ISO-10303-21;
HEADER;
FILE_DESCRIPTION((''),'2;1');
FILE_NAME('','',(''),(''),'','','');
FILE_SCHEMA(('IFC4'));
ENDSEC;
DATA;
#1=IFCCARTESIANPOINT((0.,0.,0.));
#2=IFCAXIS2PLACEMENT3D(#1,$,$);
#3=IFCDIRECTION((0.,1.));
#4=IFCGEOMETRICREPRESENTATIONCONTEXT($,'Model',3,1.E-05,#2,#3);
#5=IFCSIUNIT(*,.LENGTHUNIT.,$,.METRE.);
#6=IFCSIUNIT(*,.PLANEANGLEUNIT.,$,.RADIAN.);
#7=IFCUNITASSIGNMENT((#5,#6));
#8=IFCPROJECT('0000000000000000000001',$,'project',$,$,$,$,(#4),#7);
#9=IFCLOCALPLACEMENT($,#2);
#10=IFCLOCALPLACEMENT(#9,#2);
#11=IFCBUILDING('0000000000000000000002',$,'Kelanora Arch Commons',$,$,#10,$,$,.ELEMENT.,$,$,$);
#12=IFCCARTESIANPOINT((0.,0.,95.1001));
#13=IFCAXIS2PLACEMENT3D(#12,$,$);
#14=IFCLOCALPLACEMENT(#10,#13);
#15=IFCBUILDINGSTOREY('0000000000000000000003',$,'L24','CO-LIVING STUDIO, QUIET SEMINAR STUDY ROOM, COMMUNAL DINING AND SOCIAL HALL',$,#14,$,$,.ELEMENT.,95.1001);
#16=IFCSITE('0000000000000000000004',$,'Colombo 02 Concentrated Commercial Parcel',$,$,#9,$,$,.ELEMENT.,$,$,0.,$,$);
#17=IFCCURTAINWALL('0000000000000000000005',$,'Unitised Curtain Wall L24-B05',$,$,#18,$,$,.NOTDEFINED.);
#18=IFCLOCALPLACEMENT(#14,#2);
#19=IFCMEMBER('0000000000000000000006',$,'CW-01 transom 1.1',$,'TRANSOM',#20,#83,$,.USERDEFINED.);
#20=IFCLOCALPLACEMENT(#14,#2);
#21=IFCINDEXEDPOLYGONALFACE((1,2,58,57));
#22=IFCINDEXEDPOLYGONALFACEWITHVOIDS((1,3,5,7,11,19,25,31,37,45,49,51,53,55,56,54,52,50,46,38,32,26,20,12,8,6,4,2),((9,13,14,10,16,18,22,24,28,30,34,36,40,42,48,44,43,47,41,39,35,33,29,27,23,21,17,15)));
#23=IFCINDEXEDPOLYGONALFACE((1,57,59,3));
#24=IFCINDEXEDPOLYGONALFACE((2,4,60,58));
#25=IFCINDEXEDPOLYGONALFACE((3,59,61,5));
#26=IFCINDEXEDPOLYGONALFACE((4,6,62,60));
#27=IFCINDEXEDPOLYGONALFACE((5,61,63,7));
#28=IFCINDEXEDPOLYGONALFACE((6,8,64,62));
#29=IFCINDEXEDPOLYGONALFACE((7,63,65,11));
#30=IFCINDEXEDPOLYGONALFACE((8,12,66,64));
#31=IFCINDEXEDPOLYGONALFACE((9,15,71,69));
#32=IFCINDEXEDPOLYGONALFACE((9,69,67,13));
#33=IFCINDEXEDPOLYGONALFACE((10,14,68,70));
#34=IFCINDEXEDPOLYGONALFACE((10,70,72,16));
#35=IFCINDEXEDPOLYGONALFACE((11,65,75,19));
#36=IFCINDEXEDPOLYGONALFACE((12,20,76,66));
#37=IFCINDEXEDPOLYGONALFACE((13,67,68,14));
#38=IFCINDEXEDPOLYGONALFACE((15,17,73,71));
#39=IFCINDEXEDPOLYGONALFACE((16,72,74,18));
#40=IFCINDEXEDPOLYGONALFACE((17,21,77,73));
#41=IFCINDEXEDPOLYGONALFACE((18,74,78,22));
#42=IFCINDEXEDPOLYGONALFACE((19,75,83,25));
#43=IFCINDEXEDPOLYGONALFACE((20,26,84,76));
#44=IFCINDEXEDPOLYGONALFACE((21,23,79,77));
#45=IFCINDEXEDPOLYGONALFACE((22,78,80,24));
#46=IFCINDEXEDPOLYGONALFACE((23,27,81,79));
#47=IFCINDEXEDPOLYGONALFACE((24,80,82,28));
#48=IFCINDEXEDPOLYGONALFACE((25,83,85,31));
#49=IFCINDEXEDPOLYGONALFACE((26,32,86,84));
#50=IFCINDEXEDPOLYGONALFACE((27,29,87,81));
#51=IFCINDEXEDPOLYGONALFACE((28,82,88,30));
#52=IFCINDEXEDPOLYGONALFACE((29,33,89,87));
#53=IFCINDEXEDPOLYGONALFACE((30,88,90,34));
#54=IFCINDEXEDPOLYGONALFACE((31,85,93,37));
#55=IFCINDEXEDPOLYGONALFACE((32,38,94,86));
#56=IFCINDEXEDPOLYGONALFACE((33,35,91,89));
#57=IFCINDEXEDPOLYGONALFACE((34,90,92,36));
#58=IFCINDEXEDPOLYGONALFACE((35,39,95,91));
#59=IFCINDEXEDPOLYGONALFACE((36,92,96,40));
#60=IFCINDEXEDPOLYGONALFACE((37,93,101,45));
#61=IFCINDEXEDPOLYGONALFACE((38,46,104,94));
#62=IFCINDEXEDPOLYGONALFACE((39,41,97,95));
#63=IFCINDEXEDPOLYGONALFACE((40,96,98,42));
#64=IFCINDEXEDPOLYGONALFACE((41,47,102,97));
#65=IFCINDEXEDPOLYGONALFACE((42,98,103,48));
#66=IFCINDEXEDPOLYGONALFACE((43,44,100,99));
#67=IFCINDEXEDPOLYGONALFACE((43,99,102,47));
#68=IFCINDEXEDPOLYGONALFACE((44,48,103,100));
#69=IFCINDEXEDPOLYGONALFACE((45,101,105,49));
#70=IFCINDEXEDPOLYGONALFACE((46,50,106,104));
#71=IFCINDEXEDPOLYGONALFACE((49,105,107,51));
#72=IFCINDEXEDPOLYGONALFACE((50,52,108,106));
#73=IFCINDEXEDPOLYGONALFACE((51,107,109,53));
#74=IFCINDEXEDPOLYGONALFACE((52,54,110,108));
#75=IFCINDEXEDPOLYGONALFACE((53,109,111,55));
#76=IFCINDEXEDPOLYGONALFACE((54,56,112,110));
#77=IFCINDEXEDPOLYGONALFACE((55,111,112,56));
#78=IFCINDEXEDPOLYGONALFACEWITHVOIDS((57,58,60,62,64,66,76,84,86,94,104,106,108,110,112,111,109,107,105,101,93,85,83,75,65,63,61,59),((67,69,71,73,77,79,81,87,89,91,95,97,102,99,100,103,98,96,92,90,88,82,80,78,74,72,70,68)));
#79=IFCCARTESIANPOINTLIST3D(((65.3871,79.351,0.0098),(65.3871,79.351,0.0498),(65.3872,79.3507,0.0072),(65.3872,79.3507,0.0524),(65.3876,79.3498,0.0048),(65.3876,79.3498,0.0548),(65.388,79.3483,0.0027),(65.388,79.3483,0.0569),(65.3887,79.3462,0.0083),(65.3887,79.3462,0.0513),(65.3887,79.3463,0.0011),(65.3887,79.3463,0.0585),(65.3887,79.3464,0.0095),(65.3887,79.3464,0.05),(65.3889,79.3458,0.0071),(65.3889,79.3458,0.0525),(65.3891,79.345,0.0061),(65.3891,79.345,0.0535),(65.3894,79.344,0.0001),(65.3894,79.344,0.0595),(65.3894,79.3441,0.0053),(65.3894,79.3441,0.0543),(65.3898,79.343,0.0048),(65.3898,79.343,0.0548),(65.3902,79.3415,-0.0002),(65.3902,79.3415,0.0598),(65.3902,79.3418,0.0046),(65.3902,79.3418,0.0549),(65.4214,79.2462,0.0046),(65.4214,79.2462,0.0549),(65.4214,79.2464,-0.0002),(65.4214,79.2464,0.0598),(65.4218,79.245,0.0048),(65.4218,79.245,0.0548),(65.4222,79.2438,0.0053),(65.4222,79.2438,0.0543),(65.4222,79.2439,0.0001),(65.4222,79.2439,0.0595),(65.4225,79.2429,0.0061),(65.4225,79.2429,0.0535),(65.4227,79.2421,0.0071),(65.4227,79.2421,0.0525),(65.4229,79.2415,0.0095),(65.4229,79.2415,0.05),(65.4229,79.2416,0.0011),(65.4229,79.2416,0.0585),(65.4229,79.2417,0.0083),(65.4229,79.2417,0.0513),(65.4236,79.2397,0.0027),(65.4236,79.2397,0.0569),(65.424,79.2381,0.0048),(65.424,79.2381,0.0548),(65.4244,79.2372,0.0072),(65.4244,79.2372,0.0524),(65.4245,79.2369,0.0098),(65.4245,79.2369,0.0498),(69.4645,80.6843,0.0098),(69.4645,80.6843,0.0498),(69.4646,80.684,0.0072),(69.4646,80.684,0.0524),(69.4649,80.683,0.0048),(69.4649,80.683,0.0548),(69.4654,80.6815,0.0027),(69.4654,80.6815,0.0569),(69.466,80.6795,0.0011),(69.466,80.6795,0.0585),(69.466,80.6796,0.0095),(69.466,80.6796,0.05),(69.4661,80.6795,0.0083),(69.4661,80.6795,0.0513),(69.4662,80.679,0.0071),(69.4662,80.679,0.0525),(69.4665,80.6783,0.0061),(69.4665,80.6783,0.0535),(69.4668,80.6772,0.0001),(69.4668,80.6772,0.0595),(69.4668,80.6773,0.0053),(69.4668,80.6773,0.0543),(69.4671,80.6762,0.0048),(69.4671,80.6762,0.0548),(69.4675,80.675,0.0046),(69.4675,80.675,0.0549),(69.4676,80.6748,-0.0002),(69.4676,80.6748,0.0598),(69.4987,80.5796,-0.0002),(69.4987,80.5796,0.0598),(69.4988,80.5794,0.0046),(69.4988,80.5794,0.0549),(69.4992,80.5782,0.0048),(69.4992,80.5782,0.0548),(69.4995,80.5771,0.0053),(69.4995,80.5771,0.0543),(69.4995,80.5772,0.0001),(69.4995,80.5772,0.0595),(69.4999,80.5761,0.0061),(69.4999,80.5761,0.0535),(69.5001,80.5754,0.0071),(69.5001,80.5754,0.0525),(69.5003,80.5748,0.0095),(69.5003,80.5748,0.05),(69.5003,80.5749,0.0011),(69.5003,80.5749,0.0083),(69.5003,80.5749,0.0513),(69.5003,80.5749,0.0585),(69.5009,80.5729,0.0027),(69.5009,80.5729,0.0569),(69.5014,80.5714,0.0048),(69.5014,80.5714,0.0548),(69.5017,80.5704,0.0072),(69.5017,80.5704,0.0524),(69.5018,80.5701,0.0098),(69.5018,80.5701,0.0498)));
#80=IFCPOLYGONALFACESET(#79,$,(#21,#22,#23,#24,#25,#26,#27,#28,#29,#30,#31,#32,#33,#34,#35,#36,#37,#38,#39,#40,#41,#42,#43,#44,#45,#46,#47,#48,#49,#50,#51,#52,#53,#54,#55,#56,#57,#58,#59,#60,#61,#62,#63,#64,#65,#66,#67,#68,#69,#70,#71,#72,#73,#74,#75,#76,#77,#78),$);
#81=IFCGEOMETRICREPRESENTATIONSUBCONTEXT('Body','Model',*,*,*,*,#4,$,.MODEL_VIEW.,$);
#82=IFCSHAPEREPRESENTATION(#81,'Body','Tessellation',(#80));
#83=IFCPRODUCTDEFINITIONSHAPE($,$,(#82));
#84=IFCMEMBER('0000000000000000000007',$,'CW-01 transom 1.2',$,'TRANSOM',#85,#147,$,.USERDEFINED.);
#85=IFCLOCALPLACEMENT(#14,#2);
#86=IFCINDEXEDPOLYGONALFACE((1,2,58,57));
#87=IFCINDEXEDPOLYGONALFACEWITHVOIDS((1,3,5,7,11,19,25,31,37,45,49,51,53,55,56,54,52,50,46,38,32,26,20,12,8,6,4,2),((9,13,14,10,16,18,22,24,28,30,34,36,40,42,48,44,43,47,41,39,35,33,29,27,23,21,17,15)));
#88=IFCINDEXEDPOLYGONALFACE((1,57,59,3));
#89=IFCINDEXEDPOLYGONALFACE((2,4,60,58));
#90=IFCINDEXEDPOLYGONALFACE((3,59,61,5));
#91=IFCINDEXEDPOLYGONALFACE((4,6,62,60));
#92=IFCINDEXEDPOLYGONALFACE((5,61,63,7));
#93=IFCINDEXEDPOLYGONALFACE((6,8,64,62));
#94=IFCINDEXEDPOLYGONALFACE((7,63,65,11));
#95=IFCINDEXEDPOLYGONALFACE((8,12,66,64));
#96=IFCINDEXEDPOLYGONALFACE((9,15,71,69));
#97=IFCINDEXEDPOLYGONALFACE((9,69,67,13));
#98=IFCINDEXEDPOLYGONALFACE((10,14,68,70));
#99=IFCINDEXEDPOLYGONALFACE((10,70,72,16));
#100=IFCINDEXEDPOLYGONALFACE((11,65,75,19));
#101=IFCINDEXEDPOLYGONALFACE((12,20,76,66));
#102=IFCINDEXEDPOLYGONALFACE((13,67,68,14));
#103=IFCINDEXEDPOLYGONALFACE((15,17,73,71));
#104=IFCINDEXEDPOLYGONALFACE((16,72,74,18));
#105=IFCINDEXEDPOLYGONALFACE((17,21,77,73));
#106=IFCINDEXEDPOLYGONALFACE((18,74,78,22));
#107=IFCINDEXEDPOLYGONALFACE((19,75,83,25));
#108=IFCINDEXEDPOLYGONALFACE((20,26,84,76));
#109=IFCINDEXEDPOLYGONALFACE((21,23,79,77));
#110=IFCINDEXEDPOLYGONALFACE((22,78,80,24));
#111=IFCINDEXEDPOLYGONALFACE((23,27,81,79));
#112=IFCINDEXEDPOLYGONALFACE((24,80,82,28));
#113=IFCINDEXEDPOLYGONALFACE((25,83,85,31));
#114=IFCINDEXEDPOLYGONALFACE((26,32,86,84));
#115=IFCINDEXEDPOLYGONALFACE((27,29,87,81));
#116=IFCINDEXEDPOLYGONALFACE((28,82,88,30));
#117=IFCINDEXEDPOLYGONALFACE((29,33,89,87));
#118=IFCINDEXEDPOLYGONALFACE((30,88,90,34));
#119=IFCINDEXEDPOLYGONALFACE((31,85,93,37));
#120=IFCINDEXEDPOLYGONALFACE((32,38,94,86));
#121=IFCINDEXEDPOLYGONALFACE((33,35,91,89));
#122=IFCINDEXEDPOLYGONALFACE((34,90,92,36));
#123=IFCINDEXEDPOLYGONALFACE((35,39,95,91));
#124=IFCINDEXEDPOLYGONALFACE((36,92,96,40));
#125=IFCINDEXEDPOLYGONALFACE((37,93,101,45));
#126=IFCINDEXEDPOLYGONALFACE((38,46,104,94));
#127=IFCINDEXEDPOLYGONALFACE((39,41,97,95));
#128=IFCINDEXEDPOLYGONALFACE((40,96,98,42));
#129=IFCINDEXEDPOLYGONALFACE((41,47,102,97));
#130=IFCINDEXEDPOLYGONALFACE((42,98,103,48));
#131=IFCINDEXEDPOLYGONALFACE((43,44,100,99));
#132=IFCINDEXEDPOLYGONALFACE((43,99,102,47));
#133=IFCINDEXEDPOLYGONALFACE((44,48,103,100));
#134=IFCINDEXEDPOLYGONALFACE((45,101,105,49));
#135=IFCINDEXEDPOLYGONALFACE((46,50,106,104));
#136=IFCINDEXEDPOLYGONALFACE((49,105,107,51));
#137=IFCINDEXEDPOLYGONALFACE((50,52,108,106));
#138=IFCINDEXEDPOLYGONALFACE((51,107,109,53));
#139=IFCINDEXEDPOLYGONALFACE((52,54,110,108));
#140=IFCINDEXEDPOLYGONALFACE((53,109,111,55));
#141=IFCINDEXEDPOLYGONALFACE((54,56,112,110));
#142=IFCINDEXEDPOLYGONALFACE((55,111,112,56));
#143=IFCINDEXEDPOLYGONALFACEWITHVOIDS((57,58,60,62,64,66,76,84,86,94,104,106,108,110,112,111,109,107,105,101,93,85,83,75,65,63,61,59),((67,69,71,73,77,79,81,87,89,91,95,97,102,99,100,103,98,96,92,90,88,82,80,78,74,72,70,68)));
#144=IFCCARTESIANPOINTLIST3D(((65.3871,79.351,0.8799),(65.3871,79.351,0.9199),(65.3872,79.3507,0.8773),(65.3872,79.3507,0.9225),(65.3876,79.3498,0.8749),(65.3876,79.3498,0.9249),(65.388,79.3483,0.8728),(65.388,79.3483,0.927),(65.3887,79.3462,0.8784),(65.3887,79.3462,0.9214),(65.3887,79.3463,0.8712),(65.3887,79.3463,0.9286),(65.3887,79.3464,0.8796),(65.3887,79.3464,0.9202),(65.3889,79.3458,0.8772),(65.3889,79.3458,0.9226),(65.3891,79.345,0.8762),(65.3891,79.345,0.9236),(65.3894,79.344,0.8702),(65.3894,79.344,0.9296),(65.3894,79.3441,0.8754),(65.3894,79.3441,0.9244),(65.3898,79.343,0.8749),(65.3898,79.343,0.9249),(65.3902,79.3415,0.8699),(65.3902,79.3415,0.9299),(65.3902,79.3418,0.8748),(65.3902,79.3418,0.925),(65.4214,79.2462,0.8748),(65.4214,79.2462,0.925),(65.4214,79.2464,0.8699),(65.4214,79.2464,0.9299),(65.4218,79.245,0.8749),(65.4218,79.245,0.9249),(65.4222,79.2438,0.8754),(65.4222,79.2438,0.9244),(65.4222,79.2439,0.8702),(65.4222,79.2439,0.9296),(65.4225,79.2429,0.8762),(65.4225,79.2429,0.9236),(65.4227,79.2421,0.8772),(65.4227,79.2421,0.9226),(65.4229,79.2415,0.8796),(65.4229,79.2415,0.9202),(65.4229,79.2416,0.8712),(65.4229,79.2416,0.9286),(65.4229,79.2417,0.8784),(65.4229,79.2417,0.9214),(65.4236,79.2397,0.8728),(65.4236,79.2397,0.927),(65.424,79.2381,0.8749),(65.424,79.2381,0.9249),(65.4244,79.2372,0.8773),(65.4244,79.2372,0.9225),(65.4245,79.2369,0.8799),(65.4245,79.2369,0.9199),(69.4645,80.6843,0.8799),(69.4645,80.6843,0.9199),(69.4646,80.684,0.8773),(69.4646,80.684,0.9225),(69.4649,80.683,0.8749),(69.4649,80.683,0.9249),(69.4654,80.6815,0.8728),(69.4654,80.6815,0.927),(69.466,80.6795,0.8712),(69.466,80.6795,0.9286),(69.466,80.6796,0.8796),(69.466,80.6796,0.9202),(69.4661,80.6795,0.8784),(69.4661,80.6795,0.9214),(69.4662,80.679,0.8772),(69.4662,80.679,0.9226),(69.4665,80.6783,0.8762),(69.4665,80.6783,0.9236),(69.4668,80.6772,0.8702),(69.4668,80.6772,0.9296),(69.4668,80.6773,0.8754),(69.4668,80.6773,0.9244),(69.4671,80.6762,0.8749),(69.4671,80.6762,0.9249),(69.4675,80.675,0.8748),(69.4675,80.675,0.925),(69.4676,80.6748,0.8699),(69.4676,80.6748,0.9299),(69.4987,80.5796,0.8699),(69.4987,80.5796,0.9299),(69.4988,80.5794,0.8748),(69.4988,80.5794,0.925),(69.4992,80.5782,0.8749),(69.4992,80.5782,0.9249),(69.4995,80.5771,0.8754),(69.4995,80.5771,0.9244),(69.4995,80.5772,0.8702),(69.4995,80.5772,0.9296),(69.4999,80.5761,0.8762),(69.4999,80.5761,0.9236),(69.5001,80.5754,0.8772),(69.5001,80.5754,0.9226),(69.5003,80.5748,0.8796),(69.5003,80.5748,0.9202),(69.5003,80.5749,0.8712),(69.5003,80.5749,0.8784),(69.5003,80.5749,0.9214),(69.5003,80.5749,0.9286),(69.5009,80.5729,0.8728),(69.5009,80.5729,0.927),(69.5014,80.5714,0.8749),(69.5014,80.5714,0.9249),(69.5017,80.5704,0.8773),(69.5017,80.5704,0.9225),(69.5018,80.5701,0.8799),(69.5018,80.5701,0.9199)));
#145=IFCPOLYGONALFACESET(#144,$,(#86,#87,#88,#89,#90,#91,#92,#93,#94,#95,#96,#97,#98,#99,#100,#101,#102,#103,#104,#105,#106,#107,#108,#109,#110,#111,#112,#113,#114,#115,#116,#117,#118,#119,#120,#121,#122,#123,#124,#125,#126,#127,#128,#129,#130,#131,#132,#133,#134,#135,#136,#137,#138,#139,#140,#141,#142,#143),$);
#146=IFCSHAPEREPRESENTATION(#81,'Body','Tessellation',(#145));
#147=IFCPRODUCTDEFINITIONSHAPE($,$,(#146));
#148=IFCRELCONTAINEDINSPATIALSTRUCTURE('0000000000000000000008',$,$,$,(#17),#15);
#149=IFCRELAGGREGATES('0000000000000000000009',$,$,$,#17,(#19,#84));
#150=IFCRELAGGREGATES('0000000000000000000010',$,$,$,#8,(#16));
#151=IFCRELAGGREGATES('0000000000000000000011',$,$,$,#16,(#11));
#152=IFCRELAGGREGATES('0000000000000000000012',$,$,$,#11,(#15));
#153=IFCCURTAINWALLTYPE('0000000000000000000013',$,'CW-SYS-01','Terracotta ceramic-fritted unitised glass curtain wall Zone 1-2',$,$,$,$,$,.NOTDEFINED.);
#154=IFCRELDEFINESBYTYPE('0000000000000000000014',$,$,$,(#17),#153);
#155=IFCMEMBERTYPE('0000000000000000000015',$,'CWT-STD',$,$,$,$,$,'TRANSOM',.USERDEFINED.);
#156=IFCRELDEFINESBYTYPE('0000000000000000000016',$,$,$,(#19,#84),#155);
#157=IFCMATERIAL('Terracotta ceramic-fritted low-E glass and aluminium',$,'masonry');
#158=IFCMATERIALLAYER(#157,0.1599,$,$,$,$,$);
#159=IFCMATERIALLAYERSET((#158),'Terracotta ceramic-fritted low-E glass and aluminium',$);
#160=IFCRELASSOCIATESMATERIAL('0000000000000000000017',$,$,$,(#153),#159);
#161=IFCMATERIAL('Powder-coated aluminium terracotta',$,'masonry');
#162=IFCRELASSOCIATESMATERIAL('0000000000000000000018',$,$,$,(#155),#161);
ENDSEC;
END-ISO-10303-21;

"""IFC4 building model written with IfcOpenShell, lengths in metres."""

from ifc_helpers import new_model, si_unit, direction, frame, origin, origin_2d, place, context, subcontext, project, spatial, hollow_rectangle, extrude, material, layer, layer_set, material_profile, profile_set, type_object, element, aggregate, save


model = new_model("IFC4")

# Units and contexts
model_context = context("Model", 3, precision=1e-05, world=origin(), true_north=direction((0.0, 1.0)))
body_context = subcontext(model_context, "Body", "Model", "MODEL_VIEW")
ifc_project = project(units=[si_unit("LENGTHUNIT", "METRE"), si_unit("PLANEANGLEUNIT", "RADIAN")], contexts=[model_context])

# Site, building, storey
site_placement = place(None, origin())
site = spatial("IfcSite", under=ifc_project, at=site_placement, Name="Colombo 02 Concentrated Commercial Parcel", CompositionType="ELEMENT", RefElevation=0.0)
building_placement = place(site_placement, origin())
building = spatial("IfcBuilding", under=site, at=building_placement, Name="Kelanora Arch Commons", CompositionType="ELEMENT")
storey_placement = place(building_placement, frame((0.0, 0.0, 95.1001)))
storey = spatial("IfcBuildingStorey", under=building, at=storey_placement, Name="L24", Description="CO-LIVING STUDIO, QUIET SEMINAR STUDY ROOM, COMMUNAL DINING AND SOCIAL HALL", CompositionType="ELEMENT", Elevation=95.1001)

# Curtain wall, members
ifc_material_1 = material(Name="Terracotta ceramic-fritted low-E glass and aluminium", Category="masonry")
ifc_layer_1 = layer(ifc_material_1, 0.1599)
ifc_layer_set_1 = layer_set([ifc_layer_1], Name="Terracotta ceramic-fritted low-E glass and aluminium")
curtain_wall_type = type_object("IfcCurtainWallType", Name="CW-SYS-01", Description="Terracotta ceramic-fritted unitised glass curtain wall Zone 1-2", PredefinedType="NOTDEFINED", material=ifc_layer_set_1)
curtain_wall_placement = place(storey_placement, origin())
curtain_wall = element("IfcCurtainWall", 1, at=curtain_wall_placement, inside=storey, type_object=curtain_wall_type, Name="Unitised Curtain Wall L24-B05", PredefinedType="NOTDEFINED")
ifc_material_2 = material(Name="Powder-coated aluminium terracotta", Category="masonry")
ifc_material_profile_1 = material_profile(ifc_material_2, hollow_rectangle(XDim=0.1201, YDim=0.0601, WallThickness=0.0049, InnerFilletRadius=0.0049, OuterFilletRadius=0.01, at=origin_2d()), Name="CWT120x60")
ifc_profile_set_1 = profile_set([ifc_material_profile_1], Name="Powder-coated aluminium terracotta")
member_type_1 = type_object("IfcMemberType", Name="CWT-STD", ElementType="TRANSOM", PredefinedType="USERDEFINED", material=ifc_profile_set_1)
member_1_placement = place(storey_placement, frame((69.4832, 80.6272, 0.0298), z_axis=(-0.950478, -0.310793, 0.0), x_axis=(0.310793, -0.950478, 0.0)))
member_1 = element("IfcMember", 2, at=member_1_placement, type_object=member_type_1, Name="CW-01 transom 1.1", ObjectType="TRANSOM", PredefinedType="USERDEFINED", context=body_context, shape_type="SweptSolid", body=[
    extrude(hollow_rectangle(XDim=0.1201, YDim=0.0601, WallThickness=0.0049, InnerFilletRadius=0.0049, OuterFilletRadius=0.01, at=origin_2d()), origin(), (0.0, 0.0, 1.0), 4.2898),
])
member_2_placement = place(storey_placement, frame((69.4832, 80.6272, 0.8999), z_axis=(-0.950478, -0.310793, 0.0), x_axis=(0.310793, -0.950478, 0.0)))
member_2 = element("IfcMember", 3, at=member_2_placement, type_object=member_type_1, Name="CW-01 transom 1.2", ObjectType="TRANSOM", PredefinedType="USERDEFINED", context=body_context, shape_type="SweptSolid", body=[
    extrude(hollow_rectangle(XDim=0.1201, YDim=0.0601, WallThickness=0.0049, InnerFilletRadius=0.0049, OuterFilletRadius=0.01, at=origin_2d()), origin(), (0.0, 0.0, 1.0), 4.2898),
])
aggregate(curtain_wall, [member_1, member_2])

save(model, "model.ifc")
